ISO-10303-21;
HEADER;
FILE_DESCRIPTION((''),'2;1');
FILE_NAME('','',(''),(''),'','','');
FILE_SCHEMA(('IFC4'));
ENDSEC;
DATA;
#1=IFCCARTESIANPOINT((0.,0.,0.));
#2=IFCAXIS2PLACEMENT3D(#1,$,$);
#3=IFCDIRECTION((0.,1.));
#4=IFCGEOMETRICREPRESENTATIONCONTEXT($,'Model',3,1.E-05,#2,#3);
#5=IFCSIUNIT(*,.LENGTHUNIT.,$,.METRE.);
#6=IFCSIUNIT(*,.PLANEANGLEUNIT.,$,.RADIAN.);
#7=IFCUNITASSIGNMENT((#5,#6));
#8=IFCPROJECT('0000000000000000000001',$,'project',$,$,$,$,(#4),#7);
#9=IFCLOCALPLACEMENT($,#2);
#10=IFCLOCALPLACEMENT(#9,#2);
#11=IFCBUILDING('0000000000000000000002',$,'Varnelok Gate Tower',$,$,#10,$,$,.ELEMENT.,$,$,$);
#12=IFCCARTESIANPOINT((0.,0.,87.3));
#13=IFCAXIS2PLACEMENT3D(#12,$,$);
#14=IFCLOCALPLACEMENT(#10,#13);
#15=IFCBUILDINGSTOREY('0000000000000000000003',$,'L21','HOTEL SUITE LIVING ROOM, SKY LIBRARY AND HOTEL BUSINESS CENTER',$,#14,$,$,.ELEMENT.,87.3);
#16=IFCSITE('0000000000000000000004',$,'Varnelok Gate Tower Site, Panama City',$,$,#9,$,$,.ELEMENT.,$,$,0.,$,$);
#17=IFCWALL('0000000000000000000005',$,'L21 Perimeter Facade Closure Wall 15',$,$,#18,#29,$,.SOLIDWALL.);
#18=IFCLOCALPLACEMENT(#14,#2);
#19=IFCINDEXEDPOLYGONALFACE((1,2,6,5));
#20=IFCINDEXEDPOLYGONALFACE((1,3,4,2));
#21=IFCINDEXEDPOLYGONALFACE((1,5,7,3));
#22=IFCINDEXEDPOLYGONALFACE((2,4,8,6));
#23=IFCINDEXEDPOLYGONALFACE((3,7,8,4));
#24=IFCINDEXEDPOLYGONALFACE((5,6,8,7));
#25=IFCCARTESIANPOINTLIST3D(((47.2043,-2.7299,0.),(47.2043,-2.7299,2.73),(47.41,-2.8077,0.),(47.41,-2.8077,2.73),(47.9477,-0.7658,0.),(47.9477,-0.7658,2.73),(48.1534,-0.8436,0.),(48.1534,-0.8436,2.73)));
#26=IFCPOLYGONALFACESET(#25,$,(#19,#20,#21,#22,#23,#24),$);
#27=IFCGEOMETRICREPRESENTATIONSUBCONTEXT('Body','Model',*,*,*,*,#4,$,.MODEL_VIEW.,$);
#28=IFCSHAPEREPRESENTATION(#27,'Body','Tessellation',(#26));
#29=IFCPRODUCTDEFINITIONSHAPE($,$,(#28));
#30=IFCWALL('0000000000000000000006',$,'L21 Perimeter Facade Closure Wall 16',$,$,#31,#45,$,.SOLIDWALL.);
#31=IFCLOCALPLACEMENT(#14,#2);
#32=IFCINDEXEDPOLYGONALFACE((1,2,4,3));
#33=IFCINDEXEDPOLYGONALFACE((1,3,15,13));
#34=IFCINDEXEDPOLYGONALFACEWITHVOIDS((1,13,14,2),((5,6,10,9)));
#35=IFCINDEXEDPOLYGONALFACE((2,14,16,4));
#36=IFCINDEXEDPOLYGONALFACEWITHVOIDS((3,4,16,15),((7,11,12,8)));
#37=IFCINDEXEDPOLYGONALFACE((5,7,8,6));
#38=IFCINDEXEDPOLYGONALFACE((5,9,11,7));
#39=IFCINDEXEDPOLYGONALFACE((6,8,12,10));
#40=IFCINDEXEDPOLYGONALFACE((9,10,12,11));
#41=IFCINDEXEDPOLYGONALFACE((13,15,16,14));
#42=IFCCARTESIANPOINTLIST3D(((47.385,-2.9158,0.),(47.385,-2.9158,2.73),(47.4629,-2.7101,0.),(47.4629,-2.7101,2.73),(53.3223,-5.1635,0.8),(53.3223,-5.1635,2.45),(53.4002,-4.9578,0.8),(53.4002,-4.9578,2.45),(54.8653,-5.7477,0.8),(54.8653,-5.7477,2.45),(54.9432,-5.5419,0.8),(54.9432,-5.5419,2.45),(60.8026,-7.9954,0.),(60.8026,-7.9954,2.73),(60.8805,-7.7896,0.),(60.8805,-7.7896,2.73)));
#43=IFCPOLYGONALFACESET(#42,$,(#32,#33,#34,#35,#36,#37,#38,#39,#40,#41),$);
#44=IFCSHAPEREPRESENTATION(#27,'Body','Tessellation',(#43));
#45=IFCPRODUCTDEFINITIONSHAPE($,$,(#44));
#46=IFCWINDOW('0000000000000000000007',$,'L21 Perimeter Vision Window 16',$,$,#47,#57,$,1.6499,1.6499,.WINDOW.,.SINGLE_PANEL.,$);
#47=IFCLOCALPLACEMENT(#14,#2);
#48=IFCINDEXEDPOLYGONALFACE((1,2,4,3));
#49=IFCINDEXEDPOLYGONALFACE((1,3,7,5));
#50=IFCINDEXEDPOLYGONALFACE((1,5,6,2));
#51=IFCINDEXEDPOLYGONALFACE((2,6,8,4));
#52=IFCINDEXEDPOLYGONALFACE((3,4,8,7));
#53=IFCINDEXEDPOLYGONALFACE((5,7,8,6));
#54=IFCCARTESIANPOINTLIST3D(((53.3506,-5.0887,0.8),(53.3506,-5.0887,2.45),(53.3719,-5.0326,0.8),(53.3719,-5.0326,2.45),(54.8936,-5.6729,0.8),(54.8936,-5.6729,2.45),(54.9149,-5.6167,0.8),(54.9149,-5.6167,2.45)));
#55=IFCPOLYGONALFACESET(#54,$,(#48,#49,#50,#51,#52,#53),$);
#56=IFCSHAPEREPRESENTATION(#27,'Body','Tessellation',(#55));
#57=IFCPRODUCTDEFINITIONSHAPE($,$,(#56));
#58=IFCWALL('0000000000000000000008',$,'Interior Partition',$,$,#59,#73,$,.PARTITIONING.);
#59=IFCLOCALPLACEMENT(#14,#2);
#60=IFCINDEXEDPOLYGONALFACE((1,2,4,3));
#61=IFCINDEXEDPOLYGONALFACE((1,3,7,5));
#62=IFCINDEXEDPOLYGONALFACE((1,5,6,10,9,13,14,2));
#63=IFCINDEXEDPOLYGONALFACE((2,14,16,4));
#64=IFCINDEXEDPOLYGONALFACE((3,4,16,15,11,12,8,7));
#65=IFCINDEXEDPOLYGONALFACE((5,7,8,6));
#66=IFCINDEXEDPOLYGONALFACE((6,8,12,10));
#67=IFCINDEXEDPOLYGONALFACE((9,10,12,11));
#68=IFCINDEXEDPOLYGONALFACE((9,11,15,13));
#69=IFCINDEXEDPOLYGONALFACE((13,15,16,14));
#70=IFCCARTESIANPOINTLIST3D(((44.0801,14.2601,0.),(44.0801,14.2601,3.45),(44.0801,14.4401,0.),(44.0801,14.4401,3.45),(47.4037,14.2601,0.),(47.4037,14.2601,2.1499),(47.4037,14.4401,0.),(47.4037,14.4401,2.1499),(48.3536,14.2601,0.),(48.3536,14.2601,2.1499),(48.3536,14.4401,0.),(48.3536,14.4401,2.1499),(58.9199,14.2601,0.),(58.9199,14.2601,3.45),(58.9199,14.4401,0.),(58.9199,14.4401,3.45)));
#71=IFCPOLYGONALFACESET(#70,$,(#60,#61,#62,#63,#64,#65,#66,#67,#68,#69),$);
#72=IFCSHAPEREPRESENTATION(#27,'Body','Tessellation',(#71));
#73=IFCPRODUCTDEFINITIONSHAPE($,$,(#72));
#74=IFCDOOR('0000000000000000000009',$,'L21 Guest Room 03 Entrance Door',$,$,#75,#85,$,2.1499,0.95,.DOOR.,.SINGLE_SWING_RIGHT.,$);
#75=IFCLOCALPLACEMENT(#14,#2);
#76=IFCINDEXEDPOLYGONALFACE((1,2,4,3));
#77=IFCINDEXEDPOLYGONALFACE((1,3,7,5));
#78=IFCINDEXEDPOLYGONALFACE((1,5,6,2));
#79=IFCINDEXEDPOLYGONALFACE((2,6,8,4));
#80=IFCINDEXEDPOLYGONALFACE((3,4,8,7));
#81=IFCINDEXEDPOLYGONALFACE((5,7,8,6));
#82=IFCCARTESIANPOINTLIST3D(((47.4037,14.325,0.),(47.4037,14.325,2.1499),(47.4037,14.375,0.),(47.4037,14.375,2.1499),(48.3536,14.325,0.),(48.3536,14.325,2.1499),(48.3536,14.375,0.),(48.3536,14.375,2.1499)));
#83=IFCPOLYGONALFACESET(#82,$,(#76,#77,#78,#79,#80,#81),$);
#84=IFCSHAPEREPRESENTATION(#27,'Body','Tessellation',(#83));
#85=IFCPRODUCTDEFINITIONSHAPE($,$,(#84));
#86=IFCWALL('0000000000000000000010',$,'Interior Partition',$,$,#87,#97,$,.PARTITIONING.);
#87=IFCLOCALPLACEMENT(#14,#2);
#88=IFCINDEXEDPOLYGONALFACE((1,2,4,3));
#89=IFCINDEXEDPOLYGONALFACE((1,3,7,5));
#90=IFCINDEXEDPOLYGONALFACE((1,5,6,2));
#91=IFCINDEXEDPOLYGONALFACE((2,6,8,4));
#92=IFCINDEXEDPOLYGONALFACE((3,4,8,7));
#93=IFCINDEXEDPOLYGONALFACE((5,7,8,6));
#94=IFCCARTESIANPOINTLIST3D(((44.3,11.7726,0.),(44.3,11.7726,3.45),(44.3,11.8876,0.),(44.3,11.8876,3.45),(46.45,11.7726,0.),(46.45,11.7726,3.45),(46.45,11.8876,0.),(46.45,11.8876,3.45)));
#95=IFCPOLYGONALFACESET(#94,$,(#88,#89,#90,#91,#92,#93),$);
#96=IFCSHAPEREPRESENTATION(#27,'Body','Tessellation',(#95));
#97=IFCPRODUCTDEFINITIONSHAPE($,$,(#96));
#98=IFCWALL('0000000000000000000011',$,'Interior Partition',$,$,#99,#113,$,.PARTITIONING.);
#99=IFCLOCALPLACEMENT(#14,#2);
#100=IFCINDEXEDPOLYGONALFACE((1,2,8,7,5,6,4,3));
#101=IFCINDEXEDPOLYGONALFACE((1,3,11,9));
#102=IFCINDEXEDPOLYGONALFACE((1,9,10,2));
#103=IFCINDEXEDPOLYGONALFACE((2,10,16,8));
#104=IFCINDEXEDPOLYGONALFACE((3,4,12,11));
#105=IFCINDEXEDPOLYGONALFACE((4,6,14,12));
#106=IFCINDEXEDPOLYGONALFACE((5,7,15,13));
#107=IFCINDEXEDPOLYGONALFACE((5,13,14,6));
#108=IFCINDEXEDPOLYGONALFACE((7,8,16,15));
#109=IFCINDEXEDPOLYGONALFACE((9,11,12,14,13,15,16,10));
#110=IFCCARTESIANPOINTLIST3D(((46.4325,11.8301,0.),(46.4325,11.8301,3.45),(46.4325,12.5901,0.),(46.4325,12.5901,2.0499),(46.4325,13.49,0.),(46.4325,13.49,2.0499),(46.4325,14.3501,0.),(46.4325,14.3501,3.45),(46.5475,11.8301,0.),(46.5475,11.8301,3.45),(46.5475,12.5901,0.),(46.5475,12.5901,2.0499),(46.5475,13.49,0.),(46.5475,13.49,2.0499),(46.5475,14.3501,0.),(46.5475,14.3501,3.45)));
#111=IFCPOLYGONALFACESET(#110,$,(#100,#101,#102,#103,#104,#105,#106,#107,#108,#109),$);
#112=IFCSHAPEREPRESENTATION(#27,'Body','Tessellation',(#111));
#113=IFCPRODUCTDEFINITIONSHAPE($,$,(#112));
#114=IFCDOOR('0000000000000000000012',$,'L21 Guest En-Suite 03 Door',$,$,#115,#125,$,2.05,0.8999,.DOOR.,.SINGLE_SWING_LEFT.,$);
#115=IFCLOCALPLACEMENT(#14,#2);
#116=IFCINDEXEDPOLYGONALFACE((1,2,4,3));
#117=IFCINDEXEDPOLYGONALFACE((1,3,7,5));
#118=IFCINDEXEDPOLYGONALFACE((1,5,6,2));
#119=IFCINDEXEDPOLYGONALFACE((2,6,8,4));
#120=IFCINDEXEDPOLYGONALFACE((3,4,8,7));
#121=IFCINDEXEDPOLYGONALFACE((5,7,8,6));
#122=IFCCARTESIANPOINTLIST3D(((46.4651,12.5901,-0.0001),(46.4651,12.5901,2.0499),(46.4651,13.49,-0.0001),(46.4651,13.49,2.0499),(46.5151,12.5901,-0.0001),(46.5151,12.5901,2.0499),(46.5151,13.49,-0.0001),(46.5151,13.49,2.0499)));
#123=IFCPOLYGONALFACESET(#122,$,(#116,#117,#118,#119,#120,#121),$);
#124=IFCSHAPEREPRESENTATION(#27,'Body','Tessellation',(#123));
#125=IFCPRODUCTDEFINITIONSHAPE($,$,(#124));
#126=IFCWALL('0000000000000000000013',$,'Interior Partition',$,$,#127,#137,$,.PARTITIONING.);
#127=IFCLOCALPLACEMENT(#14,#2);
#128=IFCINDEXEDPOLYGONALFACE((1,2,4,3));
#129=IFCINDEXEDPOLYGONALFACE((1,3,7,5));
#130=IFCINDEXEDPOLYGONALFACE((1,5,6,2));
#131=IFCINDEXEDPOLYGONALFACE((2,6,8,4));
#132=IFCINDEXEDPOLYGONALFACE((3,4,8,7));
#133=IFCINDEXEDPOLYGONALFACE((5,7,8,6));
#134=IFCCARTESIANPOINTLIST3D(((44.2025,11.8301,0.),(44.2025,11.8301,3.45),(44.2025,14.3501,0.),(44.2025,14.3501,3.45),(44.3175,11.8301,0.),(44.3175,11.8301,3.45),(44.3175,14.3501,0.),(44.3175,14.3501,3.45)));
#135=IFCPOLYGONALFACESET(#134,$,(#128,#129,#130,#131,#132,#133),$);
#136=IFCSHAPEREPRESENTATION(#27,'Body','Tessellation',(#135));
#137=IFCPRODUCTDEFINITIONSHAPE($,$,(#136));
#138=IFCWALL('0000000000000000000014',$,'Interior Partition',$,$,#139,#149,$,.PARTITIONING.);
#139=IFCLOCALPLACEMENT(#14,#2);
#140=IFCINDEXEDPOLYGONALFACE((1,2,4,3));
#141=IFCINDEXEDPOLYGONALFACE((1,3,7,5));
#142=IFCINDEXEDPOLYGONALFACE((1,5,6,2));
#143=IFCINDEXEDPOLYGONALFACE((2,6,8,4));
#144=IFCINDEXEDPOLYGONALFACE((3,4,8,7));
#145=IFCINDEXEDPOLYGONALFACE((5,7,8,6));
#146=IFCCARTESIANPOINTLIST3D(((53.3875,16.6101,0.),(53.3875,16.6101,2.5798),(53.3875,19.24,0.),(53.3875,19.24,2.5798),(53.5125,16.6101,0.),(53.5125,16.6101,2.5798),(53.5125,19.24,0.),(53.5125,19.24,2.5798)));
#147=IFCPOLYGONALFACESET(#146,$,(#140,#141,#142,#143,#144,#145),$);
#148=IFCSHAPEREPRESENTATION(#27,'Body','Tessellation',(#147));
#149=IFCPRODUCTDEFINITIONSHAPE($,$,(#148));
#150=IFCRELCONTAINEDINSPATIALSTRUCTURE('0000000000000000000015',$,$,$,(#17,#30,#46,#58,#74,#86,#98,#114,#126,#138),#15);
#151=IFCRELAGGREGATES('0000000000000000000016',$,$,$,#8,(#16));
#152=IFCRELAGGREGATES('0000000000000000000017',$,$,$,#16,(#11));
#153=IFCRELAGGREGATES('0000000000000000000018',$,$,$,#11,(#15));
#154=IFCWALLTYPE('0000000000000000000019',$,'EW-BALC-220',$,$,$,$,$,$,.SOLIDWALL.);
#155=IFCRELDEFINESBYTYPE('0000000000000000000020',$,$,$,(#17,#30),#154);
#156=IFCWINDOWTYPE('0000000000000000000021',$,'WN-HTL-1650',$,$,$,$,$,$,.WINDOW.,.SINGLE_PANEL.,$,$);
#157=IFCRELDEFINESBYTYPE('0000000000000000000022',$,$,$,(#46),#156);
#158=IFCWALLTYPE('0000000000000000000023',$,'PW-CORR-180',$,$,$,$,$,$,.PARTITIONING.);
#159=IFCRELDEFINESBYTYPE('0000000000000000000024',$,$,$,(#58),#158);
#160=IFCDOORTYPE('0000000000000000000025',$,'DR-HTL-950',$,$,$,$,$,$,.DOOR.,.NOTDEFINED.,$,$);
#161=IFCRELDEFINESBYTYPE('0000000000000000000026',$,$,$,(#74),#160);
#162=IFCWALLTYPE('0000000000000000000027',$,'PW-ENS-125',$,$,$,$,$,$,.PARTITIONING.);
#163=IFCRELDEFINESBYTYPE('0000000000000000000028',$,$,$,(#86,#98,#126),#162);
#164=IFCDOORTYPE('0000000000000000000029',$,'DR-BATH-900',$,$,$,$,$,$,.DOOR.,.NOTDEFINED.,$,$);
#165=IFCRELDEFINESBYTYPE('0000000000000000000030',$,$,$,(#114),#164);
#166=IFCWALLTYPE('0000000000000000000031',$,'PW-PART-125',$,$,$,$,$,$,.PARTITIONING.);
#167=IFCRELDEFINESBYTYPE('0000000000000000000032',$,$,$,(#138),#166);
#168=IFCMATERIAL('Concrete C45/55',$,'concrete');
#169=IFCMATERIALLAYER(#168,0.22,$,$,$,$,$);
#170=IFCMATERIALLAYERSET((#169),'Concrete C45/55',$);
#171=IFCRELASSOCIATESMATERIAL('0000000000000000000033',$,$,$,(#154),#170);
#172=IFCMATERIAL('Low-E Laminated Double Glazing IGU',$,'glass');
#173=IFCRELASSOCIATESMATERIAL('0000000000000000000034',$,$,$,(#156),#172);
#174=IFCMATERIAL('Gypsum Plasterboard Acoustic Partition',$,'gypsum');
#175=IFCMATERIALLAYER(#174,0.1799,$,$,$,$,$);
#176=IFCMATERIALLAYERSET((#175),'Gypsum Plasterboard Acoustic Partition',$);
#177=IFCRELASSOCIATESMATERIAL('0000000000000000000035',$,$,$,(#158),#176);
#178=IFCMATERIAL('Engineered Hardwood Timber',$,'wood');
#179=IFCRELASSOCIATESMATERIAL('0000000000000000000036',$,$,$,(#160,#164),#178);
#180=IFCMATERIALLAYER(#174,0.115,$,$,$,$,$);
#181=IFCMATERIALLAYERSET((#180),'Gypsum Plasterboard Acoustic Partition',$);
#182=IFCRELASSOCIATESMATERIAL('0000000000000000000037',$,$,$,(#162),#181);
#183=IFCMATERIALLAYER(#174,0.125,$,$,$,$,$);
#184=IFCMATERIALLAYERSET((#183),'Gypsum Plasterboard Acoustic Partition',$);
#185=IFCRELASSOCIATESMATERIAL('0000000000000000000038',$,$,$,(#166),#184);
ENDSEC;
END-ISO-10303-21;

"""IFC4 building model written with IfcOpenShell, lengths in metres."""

from ifc_helpers import new_model, si_unit, direction, frame, frame_2d, origin, place, context, subcontext, project, spatial, rectangle, extrude, material, layer, layer_set, type_object, element, fill, save


model = new_model("IFC4")

# Units and contexts
model_context = context("Model", 3, precision=1e-05, world=origin(), true_north=direction((0.0, 1.0)))
body_context = subcontext(model_context, "Body", "Model", "MODEL_VIEW")
ifc_project = project(units=[si_unit("LENGTHUNIT", "METRE"), si_unit("PLANEANGLEUNIT", "RADIAN")], contexts=[model_context])

# Site, building, storey
site_placement = place(None, origin())
site = spatial("IfcSite", under=ifc_project, at=site_placement, Name="Varnelok Gate Tower Site, Panama City", CompositionType="ELEMENT", RefElevation=0.0)
building_placement = place(site_placement, origin())
building = spatial("IfcBuilding", under=site, at=building_placement, Name="Varnelok Gate Tower", CompositionType="ELEMENT")
storey_placement = place(building_placement, frame((0.0, 0.0, 87.3)))
storey = spatial("IfcBuildingStorey", under=building, at=storey_placement, Name="L21", Description="HOTEL SUITE LIVING ROOM, SKY LIBRARY AND HOTEL BUSINESS CENTER", CompositionType="ELEMENT", Elevation=87.3)

# Shared definitions
ifc_material_1 = material(Name="Concrete C45/55", Category="concrete")
ifc_layer_1 = layer(ifc_material_1, 0.22)
ifc_layer_set_1 = layer_set([ifc_layer_1], Name="Concrete C45/55")
wall_type_1 = type_object("IfcWallType", Name="EW-BALC-220", PredefinedType="SOLIDWALL", material=ifc_layer_set_1)

# Wall
wall_1_placement = place(storey_placement, frame((48.0505, -0.8047, 0.0), z_axis=(0.0, 0.0, 1.0), x_axis=(-0.353988, -0.93525, 0.0)))
element("IfcWall", 1, at=wall_1_placement, inside=storey, type_object=wall_type_1, Name="L21 Perimeter Facade Closure Wall 15", PredefinedType="SOLIDWALL", context=body_context, shape_type="SweptSolid", body=[
    extrude(rectangle(XDim=2.1001, YDim=0.22, at=frame_2d((1.05, 0.0))), origin(), (0.0, 0.0, 1.0), 2.73),
])

# Wall, opening, window
wall_2_placement = place(storey_placement, frame((47.4241, -2.813, 0.0), z_axis=(0.0, 0.0, 1.0), x_axis=(0.935226, -0.354051, 0.0)))
wall_2 = element("IfcWall", 2, at=wall_2_placement, inside=storey, type_object=wall_type_1, Name="L21 Perimeter Facade Closure Wall 16", PredefinedType="SOLIDWALL", context=body_context, shape_type="SweptSolid", body=[
    extrude(rectangle(XDim=14.3469, YDim=0.22, at=frame_2d((7.1733, 0.0))), origin(), (0.0, 0.0, 1.0), 2.73),
])
opening_1_placement = place(wall_2_placement, frame((6.3484, 0.0, 0.8)))
opening_1 = element("IfcOpeningElement", 3, at=opening_1_placement, cuts=wall_2, PredefinedType="OPENING", context=body_context, shape_type="SweptSolid", body=[
    extrude(rectangle(XDim=1.6499, YDim=1.6499, at=frame_2d((0.825, 0.825))), frame((0.0, 0.1199, 0.0), z_axis=(0.0, -1.0, 0.0), x_axis=(1.0, 0.0, 0.0)), (0.0, 0.0, 1.0), 0.24),
])
ifc_material_2 = material(Name="Low-E Laminated Double Glazing IGU", Category="glass")
window_type = type_object("IfcWindowType", Name="WN-HTL-1650", PartitioningType="SINGLE_PANEL", PredefinedType="WINDOW", material=ifc_material_2)
window_placement = place(opening_1_placement, origin())
window = element("IfcWindow", 4, at=window_placement, inside=storey, type_object=window_type, Name="L21 Perimeter Vision Window 16", OverallHeight=1.6499, OverallWidth=1.6499, PartitioningType="SINGLE_PANEL", PredefinedType="WINDOW", context=body_context, shape_type="SweptSolid", body=[
    extrude(rectangle(XDim=1.6499, YDim=1.6499, at=frame_2d((0.825, 0.825))), frame((0.0, 0.03, 0.0), z_axis=(0.0, -1.0, 0.0), x_axis=(1.0, 0.0, 0.0)), (0.0, 0.0, 1.0), 0.0601),
])
fill(opening_1, window)

# Wall, opening, door
ifc_material_3 = material(Name="Gypsum Plasterboard Acoustic Partition", Category="gypsum")
ifc_layer_2 = layer(ifc_material_3, 0.1799)
ifc_layer_set_2 = layer_set([ifc_layer_2], Name="Gypsum Plasterboard Acoustic Partition")
wall_type_2 = type_object("IfcWallType", Name="PW-CORR-180", PredefinedType="PARTITIONING", material=ifc_layer_set_2)
wall_3_placement = place(storey_placement, frame((44.0801, 14.3501, 0.0), z_axis=(0.0, 0.0, 1.0), x_axis=(1.0, 0.0, 0.0)))
wall_3 = element("IfcWall", 5, at=wall_3_placement, inside=storey, type_object=wall_type_2, Name="Interior Partition", PredefinedType="PARTITIONING", context=body_context, shape_type="SweptSolid", body=[
    extrude(rectangle(XDim=14.8398, YDim=0.1799, at=frame_2d((7.4199, 0.0))), origin(), (0.0, 0.0, 1.0), 3.45),
])
opening_2_placement = place(wall_3_placement, frame((3.3235, 0.0, 0.0)))
opening_2 = element("IfcOpeningElement", 6, at=opening_2_placement, cuts=wall_3, PredefinedType="OPENING", context=body_context, shape_type="SweptSolid", body=[
    extrude(rectangle(XDim=0.95, YDim=2.1499, at=frame_2d((0.4751, 1.075))), frame((0.0, 0.0999, 0.0), z_axis=(0.0, -1.0, 0.0), x_axis=(1.0, 0.0, 0.0)), (0.0, 0.0, 1.0), 0.2),
])
ifc_material_4 = material(Name="Engineered Hardwood Timber", Category="wood")
door_type_1 = type_object("IfcDoorType", Name="DR-HTL-950", OperationType="NOTDEFINED", PredefinedType="DOOR", material=ifc_material_4)
door_1_placement = place(opening_2_placement, origin())
door_1 = element("IfcDoor", 7, at=door_1_placement, inside=storey, type_object=door_type_1, Name="L21 Guest Room 03 Entrance Door", OperationType="SINGLE_SWING_RIGHT", OverallHeight=2.1499, OverallWidth=0.95, PredefinedType="DOOR", context=body_context, shape_type="SweptSolid", body=[
    extrude(rectangle(XDim=0.95, YDim=2.1499, at=frame_2d((0.4751, 1.075))), frame((0.0, 0.0249, 0.0), z_axis=(0.0, -1.0, 0.0), x_axis=(1.0, 0.0, 0.0)), (0.0, 0.0, 1.0), 0.05),
])
fill(opening_2, door_1)

# Wall
ifc_layer_3 = layer(ifc_material_3, 0.115)
ifc_layer_set_3 = layer_set([ifc_layer_3], Name="Gypsum Plasterboard Acoustic Partition")
wall_type_3 = type_object("IfcWallType", Name="PW-ENS-125", PredefinedType="PARTITIONING", material=ifc_layer_set_3)
wall_4_placement = place(storey_placement, frame((44.3, 11.8301, 0.0), z_axis=(0.0, 0.0, 1.0), x_axis=(1.0, 0.0, 0.0)))
element("IfcWall", 8, at=wall_4_placement, inside=storey, type_object=wall_type_3, Name="Interior Partition", PredefinedType="PARTITIONING", context=body_context, shape_type="SweptSolid", body=[
    extrude(rectangle(XDim=2.1499, YDim=0.115, at=frame_2d((1.075, 0.0))), origin(), (0.0, 0.0, 1.0), 3.45),
])

# Wall, opening, door
wall_5_placement = place(storey_placement, frame((46.49, 11.8301, 0.0), z_axis=(0.0, 0.0, 1.0), x_axis=(0.0, 1.0, 0.0)))
wall_5 = element("IfcWall", 9, at=wall_5_placement, inside=storey, type_object=wall_type_3, Name="Interior Partition", PredefinedType="PARTITIONING", context=body_context, shape_type="SweptSolid", body=[
    extrude(rectangle(XDim=2.52, YDim=0.115, at=frame_2d((1.26, 0.0))), origin(), (0.0, 0.0, 1.0), 3.45),
])
opening_3_placement = place(wall_5_placement, frame((0.76, 0.0, 0.0)))
opening_3 = element("IfcOpeningElement", 10, at=opening_3_placement, cuts=wall_5, PredefinedType="OPENING", context=body_context, shape_type="SweptSolid", body=[
    extrude(rectangle(XDim=0.8999, YDim=2.05, at=frame_2d((0.45, 1.0249))), frame((0.0, 0.0674, 0.0), z_axis=(0.0, -1.0, 0.0), x_axis=(1.0, 0.0, 0.0)), (0.0, 0.0, 1.0), 0.135),
])
door_type_2 = type_object("IfcDoorType", Name="DR-BATH-900", OperationType="NOTDEFINED", PredefinedType="DOOR", material=ifc_material_4)
door_2_placement = place(opening_3_placement, origin())
door_2 = element("IfcDoor", 11, at=door_2_placement, inside=storey, type_object=door_type_2, Name="L21 Guest En-Suite 03 Door", OperationType="SINGLE_SWING_LEFT", OverallHeight=2.05, OverallWidth=0.8999, PredefinedType="DOOR", context=body_context, shape_type="SweptSolid", body=[
    extrude(rectangle(XDim=0.8999, YDim=2.05, at=frame_2d((0.45, 1.0249))), frame((0.0, 0.0249, 0.0), z_axis=(0.0, -1.0, 0.0), x_axis=(1.0, 0.0, 0.0)), (0.0, 0.0, 1.0), 0.05),
])
fill(opening_3, door_2)

# Walls
wall_6_placement = place(storey_placement, frame((44.26, 11.8301, 0.0), z_axis=(0.0, 0.0, 1.0), x_axis=(0.0, 1.0, 0.0)))
element("IfcWall", 12, at=wall_6_placement, inside=storey, type_object=wall_type_3, Name="Interior Partition", PredefinedType="PARTITIONING", context=body_context, shape_type="SweptSolid", body=[
    extrude(rectangle(XDim=2.52, YDim=0.115, at=frame_2d((1.26, 0.0))), origin(), (0.0, 0.0, 1.0), 3.45),
])
ifc_layer_4 = layer(ifc_material_3, 0.125)
ifc_layer_set_4 = layer_set([ifc_layer_4], Name="Gypsum Plasterboard Acoustic Partition")
wall_type_4 = type_object("IfcWallType", Name="PW-PART-125", PredefinedType="PARTITIONING", material=ifc_layer_set_4)
wall_7_placement = place(storey_placement, frame((53.45, 16.6101, 0.0), z_axis=(0.0, 0.0, 1.0), x_axis=(0.0, 1.0, 0.0)))
element("IfcWall", 13, at=wall_7_placement, inside=storey, type_object=wall_type_4, Name="Interior Partition", PredefinedType="PARTITIONING", context=body_context, shape_type="SweptSolid", body=[
    extrude(rectangle(XDim=2.6299, YDim=0.125, at=frame_2d((1.3149, 0.0))), origin(), (0.0, 0.0, 1.0), 2.5798),
])

save(model, "model.ifc")
